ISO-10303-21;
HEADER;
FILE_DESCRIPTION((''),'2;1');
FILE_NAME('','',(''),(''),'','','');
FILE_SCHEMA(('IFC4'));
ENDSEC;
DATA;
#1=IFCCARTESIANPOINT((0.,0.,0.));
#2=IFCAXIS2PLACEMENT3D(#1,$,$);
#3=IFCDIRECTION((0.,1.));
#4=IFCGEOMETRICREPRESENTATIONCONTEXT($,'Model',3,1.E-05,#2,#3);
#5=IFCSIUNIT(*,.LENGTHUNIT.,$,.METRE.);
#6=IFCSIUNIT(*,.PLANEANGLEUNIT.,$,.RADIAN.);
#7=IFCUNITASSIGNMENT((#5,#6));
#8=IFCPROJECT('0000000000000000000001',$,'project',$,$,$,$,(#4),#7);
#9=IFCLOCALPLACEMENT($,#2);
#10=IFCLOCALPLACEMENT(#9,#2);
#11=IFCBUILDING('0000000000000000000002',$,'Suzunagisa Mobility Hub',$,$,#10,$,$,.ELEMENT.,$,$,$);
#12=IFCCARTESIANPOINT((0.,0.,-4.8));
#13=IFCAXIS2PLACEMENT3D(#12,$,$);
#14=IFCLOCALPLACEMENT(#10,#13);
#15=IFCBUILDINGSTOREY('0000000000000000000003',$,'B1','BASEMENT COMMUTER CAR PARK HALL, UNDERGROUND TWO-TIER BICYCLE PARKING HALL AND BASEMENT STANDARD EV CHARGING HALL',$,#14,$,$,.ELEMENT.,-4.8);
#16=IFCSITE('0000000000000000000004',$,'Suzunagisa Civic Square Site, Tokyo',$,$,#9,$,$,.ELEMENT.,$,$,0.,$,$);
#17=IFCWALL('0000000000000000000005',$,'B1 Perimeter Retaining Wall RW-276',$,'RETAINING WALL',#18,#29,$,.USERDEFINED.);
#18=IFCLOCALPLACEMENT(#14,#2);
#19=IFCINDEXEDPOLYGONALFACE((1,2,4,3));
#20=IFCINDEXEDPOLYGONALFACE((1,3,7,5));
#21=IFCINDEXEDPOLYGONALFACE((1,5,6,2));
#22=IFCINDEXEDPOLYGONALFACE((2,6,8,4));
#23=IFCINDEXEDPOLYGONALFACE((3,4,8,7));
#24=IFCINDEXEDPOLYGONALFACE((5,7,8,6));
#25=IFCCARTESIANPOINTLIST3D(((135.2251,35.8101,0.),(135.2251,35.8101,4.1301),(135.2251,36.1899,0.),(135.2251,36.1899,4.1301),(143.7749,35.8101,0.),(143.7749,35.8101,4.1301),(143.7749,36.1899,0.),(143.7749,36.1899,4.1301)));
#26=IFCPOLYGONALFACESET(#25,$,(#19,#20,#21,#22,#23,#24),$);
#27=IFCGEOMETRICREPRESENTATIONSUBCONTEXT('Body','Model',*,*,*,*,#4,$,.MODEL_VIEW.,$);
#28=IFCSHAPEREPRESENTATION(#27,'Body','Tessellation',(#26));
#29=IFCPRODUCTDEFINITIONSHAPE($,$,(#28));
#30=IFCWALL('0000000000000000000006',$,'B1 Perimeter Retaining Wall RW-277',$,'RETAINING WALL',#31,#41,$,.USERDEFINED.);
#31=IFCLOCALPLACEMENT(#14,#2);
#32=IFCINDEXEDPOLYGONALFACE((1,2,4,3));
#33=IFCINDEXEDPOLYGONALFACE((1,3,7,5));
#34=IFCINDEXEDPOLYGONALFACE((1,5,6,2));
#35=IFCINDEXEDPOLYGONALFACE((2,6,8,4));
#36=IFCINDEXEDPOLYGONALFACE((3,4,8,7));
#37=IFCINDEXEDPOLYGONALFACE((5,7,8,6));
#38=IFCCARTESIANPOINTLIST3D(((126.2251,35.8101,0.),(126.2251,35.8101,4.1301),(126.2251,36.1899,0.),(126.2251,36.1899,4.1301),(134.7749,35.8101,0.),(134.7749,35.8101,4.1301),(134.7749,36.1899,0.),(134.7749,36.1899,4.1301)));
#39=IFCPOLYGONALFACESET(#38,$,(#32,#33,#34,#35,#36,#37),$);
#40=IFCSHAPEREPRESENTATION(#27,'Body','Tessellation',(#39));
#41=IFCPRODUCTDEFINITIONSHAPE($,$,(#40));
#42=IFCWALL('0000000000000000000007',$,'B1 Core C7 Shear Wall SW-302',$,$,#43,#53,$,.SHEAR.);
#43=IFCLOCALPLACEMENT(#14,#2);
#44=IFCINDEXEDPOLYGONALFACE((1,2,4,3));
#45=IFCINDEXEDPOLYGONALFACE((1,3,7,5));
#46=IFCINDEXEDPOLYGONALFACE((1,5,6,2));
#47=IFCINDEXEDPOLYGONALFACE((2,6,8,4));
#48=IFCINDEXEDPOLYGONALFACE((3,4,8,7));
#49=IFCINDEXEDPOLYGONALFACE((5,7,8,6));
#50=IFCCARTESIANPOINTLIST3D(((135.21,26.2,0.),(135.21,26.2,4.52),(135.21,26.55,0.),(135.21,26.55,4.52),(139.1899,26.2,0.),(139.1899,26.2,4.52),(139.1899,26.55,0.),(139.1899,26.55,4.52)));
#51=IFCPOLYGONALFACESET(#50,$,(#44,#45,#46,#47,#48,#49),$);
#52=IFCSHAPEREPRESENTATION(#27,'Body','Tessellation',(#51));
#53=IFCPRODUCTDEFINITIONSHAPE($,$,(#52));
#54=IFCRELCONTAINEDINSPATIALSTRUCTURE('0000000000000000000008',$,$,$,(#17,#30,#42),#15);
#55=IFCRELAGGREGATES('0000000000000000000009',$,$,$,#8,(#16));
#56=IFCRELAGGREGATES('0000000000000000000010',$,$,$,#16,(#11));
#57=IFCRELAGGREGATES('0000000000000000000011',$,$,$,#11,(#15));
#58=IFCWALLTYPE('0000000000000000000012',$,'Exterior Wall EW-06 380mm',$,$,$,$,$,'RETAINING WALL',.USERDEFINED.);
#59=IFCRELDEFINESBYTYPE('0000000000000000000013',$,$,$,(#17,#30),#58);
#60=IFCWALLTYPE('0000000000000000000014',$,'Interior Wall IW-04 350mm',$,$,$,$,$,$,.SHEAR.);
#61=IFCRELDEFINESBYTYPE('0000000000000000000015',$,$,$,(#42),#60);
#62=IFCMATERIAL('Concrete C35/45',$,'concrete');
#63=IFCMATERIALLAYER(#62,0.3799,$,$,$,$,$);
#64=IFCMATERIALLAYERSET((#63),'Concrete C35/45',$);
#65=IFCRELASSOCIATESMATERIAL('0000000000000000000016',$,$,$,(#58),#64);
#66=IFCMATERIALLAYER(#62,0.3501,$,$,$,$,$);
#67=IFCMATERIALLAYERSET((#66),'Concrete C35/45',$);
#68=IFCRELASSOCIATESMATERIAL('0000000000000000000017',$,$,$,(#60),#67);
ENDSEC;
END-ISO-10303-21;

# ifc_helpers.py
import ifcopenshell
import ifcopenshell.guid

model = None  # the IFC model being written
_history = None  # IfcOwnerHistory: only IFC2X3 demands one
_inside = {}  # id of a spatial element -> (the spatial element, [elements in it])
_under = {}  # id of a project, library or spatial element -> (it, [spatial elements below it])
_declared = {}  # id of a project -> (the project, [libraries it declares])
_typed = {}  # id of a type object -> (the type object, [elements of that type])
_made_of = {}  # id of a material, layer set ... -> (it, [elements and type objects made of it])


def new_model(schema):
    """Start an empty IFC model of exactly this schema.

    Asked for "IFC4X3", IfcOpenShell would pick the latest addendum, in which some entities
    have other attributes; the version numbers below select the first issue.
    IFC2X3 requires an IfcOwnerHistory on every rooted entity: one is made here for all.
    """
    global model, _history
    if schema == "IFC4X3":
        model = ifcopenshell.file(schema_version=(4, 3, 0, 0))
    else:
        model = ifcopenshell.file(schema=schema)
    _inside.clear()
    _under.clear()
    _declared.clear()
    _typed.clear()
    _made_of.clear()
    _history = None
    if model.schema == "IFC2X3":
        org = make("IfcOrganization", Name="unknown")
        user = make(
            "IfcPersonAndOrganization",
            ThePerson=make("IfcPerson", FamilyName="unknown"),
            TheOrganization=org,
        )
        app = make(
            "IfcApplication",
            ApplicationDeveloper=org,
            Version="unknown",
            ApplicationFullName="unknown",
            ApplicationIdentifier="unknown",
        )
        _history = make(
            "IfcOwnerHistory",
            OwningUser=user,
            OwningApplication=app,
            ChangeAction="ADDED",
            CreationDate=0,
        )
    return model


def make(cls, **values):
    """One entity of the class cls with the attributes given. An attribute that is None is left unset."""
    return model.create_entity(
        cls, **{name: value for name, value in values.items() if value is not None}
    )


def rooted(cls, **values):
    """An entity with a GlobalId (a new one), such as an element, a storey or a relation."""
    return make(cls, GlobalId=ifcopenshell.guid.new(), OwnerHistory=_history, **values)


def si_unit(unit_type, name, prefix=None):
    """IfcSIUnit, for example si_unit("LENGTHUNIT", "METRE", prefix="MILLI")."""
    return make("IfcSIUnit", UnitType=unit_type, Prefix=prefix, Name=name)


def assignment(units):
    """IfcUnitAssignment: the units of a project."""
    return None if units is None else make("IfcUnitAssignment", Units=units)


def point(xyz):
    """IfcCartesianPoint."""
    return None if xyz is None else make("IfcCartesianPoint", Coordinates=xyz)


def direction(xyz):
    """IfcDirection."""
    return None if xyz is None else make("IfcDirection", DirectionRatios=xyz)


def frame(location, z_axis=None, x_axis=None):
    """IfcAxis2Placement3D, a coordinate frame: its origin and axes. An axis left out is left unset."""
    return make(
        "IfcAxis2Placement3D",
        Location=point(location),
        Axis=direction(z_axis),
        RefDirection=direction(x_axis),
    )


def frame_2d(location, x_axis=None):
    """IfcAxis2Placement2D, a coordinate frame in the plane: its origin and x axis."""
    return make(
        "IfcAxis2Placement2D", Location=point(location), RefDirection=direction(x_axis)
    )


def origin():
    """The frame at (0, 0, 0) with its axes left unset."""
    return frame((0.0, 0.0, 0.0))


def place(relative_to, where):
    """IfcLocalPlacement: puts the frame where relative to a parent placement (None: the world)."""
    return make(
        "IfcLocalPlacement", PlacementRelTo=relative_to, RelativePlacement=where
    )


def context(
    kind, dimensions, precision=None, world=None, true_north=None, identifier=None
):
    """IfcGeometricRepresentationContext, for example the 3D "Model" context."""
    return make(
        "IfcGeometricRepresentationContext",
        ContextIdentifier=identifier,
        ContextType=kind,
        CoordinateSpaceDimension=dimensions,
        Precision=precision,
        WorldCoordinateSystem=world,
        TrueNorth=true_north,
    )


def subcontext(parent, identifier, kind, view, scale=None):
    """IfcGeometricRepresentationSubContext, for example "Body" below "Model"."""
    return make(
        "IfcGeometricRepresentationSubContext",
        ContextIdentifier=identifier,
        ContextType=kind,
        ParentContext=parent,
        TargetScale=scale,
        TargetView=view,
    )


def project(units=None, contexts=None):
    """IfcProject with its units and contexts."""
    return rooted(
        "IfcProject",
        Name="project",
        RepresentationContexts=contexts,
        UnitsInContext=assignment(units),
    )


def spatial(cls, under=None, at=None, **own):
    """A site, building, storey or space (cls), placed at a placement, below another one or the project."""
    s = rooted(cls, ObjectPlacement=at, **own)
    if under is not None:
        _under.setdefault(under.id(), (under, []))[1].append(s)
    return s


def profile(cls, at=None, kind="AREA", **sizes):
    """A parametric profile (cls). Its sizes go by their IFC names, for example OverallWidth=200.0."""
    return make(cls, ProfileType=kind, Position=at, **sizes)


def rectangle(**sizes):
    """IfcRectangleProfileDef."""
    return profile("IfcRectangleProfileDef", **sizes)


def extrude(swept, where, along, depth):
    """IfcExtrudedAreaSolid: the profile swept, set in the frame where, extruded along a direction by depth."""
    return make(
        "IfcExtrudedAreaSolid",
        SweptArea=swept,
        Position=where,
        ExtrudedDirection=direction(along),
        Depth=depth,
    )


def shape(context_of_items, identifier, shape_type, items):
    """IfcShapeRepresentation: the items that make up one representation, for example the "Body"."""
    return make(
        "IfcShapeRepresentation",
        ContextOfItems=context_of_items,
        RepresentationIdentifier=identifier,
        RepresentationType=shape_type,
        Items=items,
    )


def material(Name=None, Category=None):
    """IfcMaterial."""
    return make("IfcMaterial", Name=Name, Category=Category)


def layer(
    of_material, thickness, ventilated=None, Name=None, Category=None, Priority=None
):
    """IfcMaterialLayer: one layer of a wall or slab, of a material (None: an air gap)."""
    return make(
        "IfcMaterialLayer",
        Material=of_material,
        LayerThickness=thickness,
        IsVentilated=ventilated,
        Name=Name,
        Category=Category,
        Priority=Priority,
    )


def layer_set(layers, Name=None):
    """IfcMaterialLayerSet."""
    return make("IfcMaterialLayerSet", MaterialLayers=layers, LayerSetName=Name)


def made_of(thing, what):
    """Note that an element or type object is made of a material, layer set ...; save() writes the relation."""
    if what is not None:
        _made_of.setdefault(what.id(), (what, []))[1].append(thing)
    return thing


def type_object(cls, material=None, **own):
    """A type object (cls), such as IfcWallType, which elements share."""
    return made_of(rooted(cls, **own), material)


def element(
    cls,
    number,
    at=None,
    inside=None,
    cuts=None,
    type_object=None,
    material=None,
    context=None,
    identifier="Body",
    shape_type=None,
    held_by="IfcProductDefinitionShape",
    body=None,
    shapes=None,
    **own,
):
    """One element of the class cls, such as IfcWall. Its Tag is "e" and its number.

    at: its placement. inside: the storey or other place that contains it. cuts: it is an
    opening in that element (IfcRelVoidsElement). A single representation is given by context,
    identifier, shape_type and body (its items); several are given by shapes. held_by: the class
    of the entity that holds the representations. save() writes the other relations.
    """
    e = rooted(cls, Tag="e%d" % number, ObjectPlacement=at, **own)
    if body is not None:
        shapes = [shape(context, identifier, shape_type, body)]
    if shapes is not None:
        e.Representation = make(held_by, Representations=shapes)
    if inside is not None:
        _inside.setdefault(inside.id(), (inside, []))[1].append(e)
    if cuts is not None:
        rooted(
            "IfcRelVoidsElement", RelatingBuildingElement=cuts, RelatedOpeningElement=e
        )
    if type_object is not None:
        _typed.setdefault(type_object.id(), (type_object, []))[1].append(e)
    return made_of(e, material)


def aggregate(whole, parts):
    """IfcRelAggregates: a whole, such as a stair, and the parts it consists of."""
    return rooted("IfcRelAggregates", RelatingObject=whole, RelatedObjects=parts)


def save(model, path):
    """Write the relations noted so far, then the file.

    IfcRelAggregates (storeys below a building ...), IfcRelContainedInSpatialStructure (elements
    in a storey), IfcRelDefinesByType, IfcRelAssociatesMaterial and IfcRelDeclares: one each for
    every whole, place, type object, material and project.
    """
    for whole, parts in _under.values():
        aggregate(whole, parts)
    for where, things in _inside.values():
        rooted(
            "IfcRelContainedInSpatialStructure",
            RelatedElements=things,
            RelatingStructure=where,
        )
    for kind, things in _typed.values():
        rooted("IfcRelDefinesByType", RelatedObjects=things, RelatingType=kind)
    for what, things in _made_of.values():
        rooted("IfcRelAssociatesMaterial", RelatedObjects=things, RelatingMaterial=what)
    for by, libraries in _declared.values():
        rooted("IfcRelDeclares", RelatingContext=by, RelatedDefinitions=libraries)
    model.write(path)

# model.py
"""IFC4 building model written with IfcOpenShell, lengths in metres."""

from ifc_helpers import new_model, si_unit, direction, frame, frame_2d, origin, place, context, subcontext, project, spatial, rectangle, extrude, material, layer, layer_set, type_object, element, save


model = new_model("IFC4")

# Units and contexts
model_context = context("Model", 3, precision=1e-05, world=origin(), true_north=direction((0.0, 1.0)))
body_context = subcontext(model_context, "Body", "Model", "MODEL_VIEW")
ifc_project = project(units=[si_unit("LENGTHUNIT", "METRE"), si_unit("PLANEANGLEUNIT", "RADIAN")], contexts=[model_context])

# Site, building, storey
site_placement = place(None, origin())
site = spatial("IfcSite", under=ifc_project, at=site_placement, Name="Suzunagisa Civic Square Site, Tokyo", CompositionType="ELEMENT", RefElevation=0.0)
building_placement = place(site_placement, origin())
building = spatial("IfcBuilding", under=site, at=building_placement, Name="Suzunagisa Mobility Hub", CompositionType="ELEMENT")
storey_placement = place(building_placement, frame((0.0, 0.0, -4.8)))
storey = spatial("IfcBuildingStorey", under=building, at=storey_placement, Name="B1", Description="BASEMENT COMMUTER CAR PARK HALL, UNDERGROUND TWO-TIER BICYCLE PARKING HALL AND BASEMENT STANDARD EV CHARGING HALL", CompositionType="ELEMENT", Elevation=-4.8)

# Walls
ifc_material_1 = material(Name="Concrete C35/45", Category="concrete")
ifc_layer_1 = layer(ifc_material_1, 0.3799)
ifc_layer_set_1 = layer_set([ifc_layer_1], Name="Concrete C35/45")
wall_type_1 = type_object("IfcWallType", Name="Exterior Wall EW-06 380mm", ElementType="RETAINING WALL", PredefinedType="USERDEFINED", material=ifc_layer_set_1)
for number, where, z_axis, x_axis, name in (
    (1, (143.7749, 36.0, 0.0), (0.0, 0.0, 1.0), (-1.0, 0.0, 0.0), "B1 Perimeter Retaining Wall RW-276"),
    (2, (134.7749, 36.0, 0.0), (0.0, 0.0, 1.0), (-1.0, 0.0, 0.0), "B1 Perimeter Retaining Wall RW-277"),
):
    element("IfcWall", number, at=place(storey_placement, frame(where, z_axis=z_axis, x_axis=x_axis)), inside=storey, type_object=wall_type_1, Name=name, ObjectType="RETAINING WALL", PredefinedType="USERDEFINED", context=body_context, shape_type="SweptSolid", body=[
        extrude(rectangle(XDim=8.5498, YDim=0.3799, at=frame_2d((4.2749, 0.0))), origin(), (0.0, 0.0, 1.0), 4.1301),
    ])
ifc_layer_2 = layer(ifc_material_1, 0.3501)
ifc_layer_set_2 = layer_set([ifc_layer_2], Name="Concrete C35/45")
wall_type_2 = type_object("IfcWallType", Name="Interior Wall IW-04 350mm", PredefinedType="SHEAR", material=ifc_layer_set_2)
wall_placement = place(storey_placement, frame((135.21, 26.375, 0.0), z_axis=(0.0, 0.0, 1.0), x_axis=(1.0, 0.0, 0.0)))
element("IfcWall", 3, at=wall_placement, inside=storey, type_object=wall_type_2, Name="B1 Core C7 Shear Wall SW-302", PredefinedType="SHEAR", context=body_context, shape_type="SweptSolid", body=[
    extrude(rectangle(XDim=3.98, YDim=0.3501, at=frame_2d((1.99, 0.0))), origin(), (0.0, 0.0, 1.0), 4.52),
])

save(model, "model.ifc")
